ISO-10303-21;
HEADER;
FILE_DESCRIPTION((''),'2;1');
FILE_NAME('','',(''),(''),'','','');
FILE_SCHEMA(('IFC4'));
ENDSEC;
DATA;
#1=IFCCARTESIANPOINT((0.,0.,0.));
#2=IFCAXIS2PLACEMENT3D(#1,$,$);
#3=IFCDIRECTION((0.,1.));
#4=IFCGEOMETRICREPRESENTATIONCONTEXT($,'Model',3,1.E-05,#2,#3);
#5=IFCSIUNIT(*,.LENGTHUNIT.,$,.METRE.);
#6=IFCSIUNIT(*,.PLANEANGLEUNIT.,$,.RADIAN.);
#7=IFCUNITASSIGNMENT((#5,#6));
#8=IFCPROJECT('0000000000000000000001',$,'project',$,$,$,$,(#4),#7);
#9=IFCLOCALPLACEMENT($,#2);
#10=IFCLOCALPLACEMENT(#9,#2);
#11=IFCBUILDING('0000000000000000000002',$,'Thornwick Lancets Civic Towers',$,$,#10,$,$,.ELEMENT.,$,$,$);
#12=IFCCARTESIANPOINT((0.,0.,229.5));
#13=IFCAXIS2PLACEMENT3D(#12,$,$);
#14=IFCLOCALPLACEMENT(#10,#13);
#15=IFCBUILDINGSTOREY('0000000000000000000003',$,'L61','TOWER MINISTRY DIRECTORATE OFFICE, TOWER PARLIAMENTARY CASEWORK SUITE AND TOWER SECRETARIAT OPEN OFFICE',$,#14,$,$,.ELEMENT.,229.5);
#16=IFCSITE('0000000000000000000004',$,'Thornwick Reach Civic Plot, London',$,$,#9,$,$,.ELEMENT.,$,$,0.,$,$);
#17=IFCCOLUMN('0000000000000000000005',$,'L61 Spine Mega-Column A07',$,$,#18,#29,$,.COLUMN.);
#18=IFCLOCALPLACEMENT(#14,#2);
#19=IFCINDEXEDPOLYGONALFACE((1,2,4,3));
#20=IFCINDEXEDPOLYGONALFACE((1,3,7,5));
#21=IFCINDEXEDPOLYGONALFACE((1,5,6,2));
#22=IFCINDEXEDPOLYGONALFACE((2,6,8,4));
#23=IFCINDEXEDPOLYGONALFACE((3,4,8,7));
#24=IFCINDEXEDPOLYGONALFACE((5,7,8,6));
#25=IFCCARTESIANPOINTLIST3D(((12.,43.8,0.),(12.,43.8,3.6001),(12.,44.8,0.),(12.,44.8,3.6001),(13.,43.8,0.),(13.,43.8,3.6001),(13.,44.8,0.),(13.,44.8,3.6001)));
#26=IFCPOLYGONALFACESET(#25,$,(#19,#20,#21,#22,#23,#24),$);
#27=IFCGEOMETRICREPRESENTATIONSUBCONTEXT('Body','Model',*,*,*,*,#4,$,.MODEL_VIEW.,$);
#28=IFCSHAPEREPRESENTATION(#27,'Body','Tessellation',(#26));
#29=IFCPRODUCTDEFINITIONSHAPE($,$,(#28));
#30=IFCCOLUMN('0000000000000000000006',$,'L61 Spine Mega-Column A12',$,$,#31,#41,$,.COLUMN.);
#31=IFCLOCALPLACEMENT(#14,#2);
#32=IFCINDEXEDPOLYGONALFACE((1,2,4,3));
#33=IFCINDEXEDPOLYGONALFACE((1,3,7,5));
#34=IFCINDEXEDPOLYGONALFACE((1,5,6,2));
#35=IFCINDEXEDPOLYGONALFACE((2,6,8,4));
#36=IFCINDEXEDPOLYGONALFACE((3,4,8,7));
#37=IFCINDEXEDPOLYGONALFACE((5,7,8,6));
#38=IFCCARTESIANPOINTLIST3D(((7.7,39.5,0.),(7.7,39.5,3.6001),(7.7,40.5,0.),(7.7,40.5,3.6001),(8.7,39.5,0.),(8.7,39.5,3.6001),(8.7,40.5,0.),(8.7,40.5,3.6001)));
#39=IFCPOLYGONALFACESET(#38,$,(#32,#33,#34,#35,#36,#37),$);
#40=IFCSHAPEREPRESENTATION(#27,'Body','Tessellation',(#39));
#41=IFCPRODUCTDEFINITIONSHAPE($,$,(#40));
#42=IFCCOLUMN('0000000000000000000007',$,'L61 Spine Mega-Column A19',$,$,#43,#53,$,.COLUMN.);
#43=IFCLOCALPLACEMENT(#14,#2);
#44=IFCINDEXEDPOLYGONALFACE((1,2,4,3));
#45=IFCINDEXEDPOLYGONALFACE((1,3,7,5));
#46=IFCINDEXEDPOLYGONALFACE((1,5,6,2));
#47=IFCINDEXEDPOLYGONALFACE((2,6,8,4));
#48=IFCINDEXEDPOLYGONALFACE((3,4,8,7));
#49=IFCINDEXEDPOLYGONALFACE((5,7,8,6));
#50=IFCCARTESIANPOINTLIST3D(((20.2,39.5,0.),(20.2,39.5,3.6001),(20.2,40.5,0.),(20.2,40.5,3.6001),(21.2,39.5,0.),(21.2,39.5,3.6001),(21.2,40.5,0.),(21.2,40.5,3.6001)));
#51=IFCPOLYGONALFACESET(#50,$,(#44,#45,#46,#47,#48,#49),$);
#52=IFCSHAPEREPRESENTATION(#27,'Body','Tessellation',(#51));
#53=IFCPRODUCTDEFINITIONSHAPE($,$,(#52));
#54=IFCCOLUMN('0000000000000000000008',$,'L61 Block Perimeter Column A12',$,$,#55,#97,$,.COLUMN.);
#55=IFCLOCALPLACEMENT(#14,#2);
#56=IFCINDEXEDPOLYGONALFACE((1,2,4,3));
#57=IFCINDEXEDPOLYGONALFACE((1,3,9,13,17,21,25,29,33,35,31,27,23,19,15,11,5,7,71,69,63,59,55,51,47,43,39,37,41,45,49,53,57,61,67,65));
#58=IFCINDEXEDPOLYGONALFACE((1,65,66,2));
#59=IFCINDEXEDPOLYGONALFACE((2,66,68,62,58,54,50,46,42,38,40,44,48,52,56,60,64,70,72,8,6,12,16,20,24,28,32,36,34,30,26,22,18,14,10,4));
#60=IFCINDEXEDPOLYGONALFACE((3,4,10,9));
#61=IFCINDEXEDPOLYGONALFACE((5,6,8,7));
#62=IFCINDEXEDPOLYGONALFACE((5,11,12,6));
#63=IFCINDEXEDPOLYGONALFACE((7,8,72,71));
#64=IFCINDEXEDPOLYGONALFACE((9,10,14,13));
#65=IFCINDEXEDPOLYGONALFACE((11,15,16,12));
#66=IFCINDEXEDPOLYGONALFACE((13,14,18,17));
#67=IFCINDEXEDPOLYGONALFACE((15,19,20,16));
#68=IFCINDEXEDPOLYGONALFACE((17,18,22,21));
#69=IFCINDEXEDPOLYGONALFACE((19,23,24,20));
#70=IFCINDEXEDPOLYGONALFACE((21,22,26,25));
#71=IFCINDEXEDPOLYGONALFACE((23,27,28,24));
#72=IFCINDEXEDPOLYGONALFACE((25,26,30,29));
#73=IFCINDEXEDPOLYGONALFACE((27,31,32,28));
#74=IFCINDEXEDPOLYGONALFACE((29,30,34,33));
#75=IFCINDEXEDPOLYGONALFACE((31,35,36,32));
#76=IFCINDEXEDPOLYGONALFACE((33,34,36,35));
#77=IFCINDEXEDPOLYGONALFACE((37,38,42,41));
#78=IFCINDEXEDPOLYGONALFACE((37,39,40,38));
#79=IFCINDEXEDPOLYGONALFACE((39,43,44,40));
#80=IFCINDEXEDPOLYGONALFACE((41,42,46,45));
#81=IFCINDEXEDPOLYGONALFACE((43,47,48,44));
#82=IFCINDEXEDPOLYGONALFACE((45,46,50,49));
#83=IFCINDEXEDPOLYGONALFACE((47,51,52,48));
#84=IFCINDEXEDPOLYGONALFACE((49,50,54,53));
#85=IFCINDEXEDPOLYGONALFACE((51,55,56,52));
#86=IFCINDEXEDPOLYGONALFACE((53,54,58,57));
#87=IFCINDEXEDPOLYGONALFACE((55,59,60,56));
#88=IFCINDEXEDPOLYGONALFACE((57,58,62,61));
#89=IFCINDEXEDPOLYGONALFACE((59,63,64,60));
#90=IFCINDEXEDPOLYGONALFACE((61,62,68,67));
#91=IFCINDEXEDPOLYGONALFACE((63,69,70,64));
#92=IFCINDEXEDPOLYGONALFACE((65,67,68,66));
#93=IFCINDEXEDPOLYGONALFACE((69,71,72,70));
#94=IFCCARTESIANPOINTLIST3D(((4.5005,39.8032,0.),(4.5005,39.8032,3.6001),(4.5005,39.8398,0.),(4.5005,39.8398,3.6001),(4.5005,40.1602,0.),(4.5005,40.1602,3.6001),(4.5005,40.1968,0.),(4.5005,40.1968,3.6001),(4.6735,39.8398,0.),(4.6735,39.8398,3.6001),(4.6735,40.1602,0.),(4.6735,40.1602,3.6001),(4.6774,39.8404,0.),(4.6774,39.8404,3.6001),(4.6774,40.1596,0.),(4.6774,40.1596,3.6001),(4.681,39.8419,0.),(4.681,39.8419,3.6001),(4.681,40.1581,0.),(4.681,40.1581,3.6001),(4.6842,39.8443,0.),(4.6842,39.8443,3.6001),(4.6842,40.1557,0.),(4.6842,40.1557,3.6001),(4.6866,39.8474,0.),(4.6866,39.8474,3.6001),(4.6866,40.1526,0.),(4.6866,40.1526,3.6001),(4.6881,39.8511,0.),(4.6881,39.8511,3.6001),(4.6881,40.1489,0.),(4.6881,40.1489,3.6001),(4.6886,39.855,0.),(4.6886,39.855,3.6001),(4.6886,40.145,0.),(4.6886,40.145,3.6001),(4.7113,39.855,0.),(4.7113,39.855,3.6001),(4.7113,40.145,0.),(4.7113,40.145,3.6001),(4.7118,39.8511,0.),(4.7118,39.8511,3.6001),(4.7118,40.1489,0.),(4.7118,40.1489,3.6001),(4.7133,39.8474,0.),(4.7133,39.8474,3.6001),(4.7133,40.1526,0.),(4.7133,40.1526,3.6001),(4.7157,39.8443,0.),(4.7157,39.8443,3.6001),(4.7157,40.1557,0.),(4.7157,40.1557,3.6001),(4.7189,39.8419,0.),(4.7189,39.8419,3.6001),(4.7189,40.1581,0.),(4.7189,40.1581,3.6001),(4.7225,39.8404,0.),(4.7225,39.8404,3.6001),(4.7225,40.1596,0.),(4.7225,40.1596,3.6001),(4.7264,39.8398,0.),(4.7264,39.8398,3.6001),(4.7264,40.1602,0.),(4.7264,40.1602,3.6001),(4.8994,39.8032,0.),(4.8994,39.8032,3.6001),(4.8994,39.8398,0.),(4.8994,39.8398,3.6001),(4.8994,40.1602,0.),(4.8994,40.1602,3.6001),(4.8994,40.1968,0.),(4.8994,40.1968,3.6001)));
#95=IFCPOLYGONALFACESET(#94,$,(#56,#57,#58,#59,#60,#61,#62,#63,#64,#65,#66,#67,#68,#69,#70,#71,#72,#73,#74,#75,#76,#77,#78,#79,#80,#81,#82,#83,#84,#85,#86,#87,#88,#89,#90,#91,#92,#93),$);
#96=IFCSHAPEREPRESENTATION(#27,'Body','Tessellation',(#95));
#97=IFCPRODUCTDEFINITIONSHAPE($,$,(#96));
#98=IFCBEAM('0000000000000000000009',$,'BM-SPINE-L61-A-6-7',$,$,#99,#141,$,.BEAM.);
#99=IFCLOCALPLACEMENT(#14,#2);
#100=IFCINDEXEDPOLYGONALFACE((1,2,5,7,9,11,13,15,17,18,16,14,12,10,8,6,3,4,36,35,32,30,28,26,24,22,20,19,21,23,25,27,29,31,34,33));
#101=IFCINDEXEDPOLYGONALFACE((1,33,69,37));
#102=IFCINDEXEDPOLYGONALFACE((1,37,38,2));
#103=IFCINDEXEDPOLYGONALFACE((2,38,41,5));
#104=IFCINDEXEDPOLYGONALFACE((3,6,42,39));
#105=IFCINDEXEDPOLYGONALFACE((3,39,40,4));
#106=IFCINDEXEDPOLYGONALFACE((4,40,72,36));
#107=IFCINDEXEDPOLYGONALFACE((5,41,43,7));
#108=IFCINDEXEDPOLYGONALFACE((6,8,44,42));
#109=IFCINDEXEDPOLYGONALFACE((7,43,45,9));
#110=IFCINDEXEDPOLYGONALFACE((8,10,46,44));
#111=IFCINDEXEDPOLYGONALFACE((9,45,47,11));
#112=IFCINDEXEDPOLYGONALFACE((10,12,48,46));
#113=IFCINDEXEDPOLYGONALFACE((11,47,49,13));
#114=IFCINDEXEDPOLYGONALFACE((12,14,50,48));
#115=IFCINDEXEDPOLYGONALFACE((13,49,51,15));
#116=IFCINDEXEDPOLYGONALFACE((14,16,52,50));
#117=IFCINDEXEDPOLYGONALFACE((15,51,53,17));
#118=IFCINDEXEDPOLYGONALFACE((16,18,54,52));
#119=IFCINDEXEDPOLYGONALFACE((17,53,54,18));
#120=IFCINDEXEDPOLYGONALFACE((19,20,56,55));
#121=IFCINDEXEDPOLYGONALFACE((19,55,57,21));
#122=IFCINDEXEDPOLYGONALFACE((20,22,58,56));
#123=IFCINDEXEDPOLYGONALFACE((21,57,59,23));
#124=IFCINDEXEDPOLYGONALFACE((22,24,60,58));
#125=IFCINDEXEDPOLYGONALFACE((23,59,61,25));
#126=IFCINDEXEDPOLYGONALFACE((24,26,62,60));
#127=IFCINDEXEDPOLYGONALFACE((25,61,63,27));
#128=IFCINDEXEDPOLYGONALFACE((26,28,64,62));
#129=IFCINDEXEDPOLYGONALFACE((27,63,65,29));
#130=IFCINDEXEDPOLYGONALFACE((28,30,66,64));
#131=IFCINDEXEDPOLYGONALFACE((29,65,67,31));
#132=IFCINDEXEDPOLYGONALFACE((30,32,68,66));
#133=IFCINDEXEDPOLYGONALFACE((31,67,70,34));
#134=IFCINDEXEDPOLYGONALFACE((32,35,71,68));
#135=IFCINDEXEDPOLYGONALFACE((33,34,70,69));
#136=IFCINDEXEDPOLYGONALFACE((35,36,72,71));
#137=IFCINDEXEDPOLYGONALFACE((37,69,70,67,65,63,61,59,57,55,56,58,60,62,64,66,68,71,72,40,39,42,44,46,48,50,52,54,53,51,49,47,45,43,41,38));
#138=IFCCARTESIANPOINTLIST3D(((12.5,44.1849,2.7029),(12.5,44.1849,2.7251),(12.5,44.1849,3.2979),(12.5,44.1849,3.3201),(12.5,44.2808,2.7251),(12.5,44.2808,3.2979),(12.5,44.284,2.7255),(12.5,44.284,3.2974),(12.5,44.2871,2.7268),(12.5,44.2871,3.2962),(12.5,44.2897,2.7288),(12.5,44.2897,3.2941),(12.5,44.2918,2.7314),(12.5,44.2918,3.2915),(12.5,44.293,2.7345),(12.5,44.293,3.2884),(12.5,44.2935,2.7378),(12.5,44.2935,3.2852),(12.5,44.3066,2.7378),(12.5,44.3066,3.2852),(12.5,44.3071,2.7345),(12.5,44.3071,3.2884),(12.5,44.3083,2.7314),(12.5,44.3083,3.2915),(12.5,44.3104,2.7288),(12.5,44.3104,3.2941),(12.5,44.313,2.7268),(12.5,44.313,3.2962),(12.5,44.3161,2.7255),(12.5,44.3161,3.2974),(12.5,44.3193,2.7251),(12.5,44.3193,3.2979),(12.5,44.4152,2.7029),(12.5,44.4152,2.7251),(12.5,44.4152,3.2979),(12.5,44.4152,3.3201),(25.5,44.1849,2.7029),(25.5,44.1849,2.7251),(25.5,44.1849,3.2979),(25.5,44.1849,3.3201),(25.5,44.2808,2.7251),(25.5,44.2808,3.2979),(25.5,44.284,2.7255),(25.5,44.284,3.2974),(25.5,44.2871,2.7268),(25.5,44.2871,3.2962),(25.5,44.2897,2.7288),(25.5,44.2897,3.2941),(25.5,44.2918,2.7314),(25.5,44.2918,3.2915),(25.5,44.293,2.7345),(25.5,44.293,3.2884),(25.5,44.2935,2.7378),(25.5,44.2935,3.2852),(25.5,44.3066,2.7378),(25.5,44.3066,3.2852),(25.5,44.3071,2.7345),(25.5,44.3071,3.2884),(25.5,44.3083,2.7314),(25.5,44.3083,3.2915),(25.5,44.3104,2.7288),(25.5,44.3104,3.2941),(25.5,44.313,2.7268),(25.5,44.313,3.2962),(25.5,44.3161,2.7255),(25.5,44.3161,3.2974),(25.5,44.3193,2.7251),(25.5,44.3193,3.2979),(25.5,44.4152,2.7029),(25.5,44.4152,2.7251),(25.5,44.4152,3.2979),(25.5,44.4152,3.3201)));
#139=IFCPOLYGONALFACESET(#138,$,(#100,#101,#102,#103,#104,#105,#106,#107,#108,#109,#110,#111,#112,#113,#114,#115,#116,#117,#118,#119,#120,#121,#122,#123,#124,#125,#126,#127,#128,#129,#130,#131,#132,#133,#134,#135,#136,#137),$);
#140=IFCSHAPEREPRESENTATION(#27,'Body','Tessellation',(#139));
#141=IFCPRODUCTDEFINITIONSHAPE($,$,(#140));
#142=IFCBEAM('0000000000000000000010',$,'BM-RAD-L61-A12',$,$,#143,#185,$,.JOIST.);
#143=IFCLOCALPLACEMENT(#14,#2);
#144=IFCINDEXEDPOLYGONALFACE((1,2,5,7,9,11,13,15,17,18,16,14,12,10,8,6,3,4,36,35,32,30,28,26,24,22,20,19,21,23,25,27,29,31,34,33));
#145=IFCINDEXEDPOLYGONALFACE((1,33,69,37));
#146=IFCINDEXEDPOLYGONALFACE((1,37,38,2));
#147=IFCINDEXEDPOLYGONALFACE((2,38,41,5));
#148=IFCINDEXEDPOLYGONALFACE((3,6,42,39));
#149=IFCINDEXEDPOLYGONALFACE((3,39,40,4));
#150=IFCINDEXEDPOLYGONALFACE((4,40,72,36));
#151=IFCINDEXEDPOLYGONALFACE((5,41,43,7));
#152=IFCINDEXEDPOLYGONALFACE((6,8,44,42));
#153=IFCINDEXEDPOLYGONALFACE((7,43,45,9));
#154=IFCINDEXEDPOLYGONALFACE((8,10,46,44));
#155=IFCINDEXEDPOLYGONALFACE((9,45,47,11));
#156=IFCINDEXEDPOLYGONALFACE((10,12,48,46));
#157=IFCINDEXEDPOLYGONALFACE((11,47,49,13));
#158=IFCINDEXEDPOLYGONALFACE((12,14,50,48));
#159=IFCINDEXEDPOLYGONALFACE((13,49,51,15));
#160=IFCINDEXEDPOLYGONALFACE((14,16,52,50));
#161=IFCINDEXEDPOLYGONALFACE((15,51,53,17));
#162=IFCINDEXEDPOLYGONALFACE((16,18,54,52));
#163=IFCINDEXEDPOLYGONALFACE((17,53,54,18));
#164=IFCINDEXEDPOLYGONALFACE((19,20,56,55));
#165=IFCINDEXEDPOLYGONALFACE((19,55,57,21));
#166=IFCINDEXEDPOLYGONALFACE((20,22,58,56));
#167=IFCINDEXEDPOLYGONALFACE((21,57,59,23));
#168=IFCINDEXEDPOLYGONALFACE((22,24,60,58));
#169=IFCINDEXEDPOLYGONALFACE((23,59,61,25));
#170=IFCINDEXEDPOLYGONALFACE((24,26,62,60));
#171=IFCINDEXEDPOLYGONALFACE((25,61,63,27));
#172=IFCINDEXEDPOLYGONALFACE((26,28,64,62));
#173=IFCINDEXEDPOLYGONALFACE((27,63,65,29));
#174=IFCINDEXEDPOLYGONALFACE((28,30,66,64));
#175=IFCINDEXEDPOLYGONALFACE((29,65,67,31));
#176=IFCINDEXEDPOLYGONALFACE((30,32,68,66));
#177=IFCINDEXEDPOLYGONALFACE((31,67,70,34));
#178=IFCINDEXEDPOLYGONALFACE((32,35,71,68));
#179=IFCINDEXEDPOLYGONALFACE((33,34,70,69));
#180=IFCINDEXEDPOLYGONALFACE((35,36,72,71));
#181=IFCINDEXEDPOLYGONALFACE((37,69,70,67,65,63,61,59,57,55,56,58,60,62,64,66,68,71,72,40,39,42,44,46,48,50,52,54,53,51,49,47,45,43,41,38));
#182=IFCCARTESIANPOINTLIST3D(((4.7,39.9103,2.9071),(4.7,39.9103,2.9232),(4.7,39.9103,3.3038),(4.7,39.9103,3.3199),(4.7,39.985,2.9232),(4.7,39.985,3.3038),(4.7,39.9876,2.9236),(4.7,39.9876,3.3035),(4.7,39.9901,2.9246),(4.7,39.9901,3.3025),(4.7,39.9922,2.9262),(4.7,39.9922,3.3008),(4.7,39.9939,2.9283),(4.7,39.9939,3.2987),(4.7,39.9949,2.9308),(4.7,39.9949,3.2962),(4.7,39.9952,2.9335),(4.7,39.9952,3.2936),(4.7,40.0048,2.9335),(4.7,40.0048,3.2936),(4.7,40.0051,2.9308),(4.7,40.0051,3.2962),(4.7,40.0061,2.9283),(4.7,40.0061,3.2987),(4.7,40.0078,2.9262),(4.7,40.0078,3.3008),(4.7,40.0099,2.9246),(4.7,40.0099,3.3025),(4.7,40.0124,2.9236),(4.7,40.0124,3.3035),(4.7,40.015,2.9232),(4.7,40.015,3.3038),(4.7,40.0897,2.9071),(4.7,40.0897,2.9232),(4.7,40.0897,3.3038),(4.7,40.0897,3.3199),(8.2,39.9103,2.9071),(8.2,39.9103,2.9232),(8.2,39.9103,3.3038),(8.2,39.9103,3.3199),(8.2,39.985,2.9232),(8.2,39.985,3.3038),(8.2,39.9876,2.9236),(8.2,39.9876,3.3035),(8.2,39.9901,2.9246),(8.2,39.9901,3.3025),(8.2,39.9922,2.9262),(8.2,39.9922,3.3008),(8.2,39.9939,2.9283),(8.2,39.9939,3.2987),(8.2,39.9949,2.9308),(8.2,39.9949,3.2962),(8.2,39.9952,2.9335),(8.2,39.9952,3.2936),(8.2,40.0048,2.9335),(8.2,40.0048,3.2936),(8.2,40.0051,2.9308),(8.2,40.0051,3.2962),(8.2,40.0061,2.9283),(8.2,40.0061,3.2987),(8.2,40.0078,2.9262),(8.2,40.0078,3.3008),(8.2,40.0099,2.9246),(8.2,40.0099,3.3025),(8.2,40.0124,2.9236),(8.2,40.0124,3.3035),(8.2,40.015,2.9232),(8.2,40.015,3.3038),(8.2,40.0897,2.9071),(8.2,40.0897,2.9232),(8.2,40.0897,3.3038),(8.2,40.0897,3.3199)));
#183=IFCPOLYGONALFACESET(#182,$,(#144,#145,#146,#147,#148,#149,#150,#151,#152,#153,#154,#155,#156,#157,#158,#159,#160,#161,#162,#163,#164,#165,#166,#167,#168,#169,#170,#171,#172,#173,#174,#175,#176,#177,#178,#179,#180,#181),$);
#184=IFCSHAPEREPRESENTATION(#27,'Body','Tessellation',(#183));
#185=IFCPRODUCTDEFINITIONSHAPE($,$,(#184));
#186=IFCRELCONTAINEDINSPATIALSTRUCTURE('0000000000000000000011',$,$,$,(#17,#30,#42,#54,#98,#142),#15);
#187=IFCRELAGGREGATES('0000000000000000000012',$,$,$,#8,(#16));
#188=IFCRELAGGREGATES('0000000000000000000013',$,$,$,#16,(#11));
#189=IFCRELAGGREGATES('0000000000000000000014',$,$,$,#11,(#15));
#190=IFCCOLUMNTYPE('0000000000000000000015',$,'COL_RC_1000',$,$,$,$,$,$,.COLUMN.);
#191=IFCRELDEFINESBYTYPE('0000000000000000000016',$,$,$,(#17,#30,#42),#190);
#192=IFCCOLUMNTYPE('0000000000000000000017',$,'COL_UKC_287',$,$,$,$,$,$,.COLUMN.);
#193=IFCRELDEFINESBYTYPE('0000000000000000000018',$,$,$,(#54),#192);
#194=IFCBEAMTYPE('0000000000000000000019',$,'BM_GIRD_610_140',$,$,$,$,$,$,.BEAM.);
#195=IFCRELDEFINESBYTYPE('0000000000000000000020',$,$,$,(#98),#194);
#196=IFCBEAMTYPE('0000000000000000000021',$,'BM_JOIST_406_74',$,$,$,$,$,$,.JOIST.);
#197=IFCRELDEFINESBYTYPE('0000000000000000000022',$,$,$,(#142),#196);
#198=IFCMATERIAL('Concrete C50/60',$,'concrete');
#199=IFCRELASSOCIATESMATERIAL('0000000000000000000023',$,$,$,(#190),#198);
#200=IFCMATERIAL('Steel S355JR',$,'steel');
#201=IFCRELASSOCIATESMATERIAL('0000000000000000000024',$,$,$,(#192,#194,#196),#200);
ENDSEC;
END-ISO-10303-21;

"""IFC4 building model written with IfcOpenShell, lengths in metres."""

from ifc_helpers import new_model, si_unit, direction, frame, origin, origin_2d, place, context, subcontext, project, spatial, rectangle, i_section, extrude, material, material_profile, profile_set, type_object, element, save


model = new_model("IFC4")

# Units and contexts
model_context = context("Model", 3, precision=1e-05, world=origin(), true_north=direction((0.0, 1.0)))
body_context = subcontext(model_context, "Body", "Model", "MODEL_VIEW")
ifc_project = project(units=[si_unit("LENGTHUNIT", "METRE"), si_unit("PLANEANGLEUNIT", "RADIAN")], contexts=[model_context])

# Site, building, storey
site_placement = place(None, origin())
site = spatial("IfcSite", under=ifc_project, at=site_placement, Name="Thornwick Reach Civic Plot, London", CompositionType="ELEMENT", RefElevation=0.0)
building_placement = place(site_placement, origin())
building = spatial("IfcBuilding", under=site, at=building_placement, Name="Thornwick Lancets Civic Towers", CompositionType="ELEMENT")
storey_placement = place(building_placement, frame((0.0, 0.0, 229.5)))
storey = spatial("IfcBuildingStorey", under=building, at=storey_placement, Name="L61", Description="TOWER MINISTRY DIRECTORATE OFFICE, TOWER PARLIAMENTARY CASEWORK SUITE AND TOWER SECRETARIAT OPEN OFFICE", CompositionType="ELEMENT", Elevation=229.5)

# Columns
ifc_material_1 = material(Name="Concrete C50/60", Category="concrete")
ifc_material_profile_1 = material_profile(ifc_material_1, rectangle(XDim=1.0, YDim=1.0, at=origin_2d()), Name="RC 1000x1000")
ifc_profile_set_1 = profile_set([ifc_material_profile_1], Name="Concrete C50/60")
column_type_1 = type_object("IfcColumnType", Name="COL_RC_1000", PredefinedType="COLUMN", material=ifc_profile_set_1)
for number, where, z_axis, x_axis, name in (
    (1, (12.5, 44.3, 0.0), (0.0, 0.0, 1.0), (1.0, 0.0, 0.0), "L61 Spine Mega-Column A07"),
    (2, (8.2, 40.0, 0.0), (0.0, 0.0, 1.0), (1.0, 0.0, 0.0), "L61 Spine Mega-Column A12"),
    (3, (20.7, 40.0, 0.0), (0.0, 0.0, 1.0), (1.0, 0.0, 0.0), "L61 Spine Mega-Column A19"),
):
    element("IfcColumn", number, at=place(storey_placement, frame(where, z_axis=z_axis, x_axis=x_axis)), inside=storey, type_object=column_type_1, Name=name, PredefinedType="COLUMN", context=body_context, shape_type="SweptSolid", body=[
        extrude(rectangle(XDim=1.0, YDim=1.0, at=origin_2d()), origin(), (0.0, 0.0, 1.0), 3.6001),
    ])
ifc_material_2 = material(Name="Steel S355JR", Category="steel")
ifc_material_profile_2 = material_profile(ifc_material_2, i_section(OverallWidth=0.3989, OverallDepth=0.3936, WebThickness=0.0227, FlangeThickness=0.0366, FilletRadius=0.0151, at=origin_2d()), Name="UKC 356x406x287")
ifc_profile_set_2 = profile_set([ifc_material_profile_2], Name="Steel S355JR")
column_type_2 = type_object("IfcColumnType", Name="COL_UKC_287", PredefinedType="COLUMN", material=ifc_profile_set_2)
column_placement = place(storey_placement, frame((4.7, 40.0, 0.0), z_axis=(0.0, 0.0, 1.0), x_axis=(1.0, 0.0, 0.0)))
element("IfcColumn", 4, at=column_placement, inside=storey, type_object=column_type_2, Name="L61 Block Perimeter Column A12", PredefinedType="COLUMN", context=body_context, shape_type="SweptSolid", body=[
    extrude(i_section(OverallWidth=0.3989, OverallDepth=0.3936, WebThickness=0.0227, FlangeThickness=0.0366, FilletRadius=0.0151, at=origin_2d()), origin(), (0.0, 0.0, 1.0), 3.6001),
])

# Beams
ifc_material_profile_3 = material_profile(ifc_material_2, i_section(OverallWidth=0.2302, OverallDepth=0.6172, WebThickness=0.0132, FlangeThickness=0.0222, FilletRadius=0.0127, at=origin_2d()), Name="UKB 610x229x140")
ifc_profile_set_3 = profile_set([ifc_material_profile_3], Name="Steel S355JR")
beam_type_1 = type_object("IfcBeamType", Name="BM_GIRD_610_140", PredefinedType="BEAM", material=ifc_profile_set_3)
beam_1_placement = place(storey_placement, frame((12.5, 44.3, 3.0115), z_axis=(1.0, 0.0, 0.0), x_axis=(0.0, 1.0, 0.0)))
element("IfcBeam", 5, at=beam_1_placement, inside=storey, type_object=beam_type_1, Name="BM-SPINE-L61-A-6-7", PredefinedType="BEAM", context=body_context, shape_type="SweptSolid", body=[
    extrude(i_section(OverallWidth=0.2302, OverallDepth=0.6172, WebThickness=0.0132, FlangeThickness=0.0222, FilletRadius=0.0127, at=origin_2d()), origin(), (0.0, 0.0, 1.0), 13.0),
])
ifc_material_profile_4 = material_profile(ifc_material_2, i_section(OverallWidth=0.1794, OverallDepth=0.4128, WebThickness=0.0095, FlangeThickness=0.0161, FilletRadius=0.0103, at=origin_2d()), Name="UKB 406x178x74")
ifc_profile_set_4 = profile_set([ifc_material_profile_4], Name="Steel S355JR")
beam_type_2 = type_object("IfcBeamType", Name="BM_JOIST_406_74", PredefinedType="JOIST", material=ifc_profile_set_4)
beam_2_placement = place(storey_placement, frame((8.2, 40.0, 3.1135), z_axis=(-1.0, 0.0, 0.0), x_axis=(0.0, -1.0, 0.0)))
element("IfcBeam", 6, at=beam_2_placement, inside=storey, type_object=beam_type_2, Name="BM-RAD-L61-A12", PredefinedType="JOIST", context=body_context, shape_type="SweptSolid", body=[
    extrude(i_section(OverallWidth=0.1794, OverallDepth=0.4128, WebThickness=0.0095, FlangeThickness=0.0161, FilletRadius=0.0103, at=origin_2d()), origin(), (0.0, 0.0, 1.0), 3.5),
])

save(model, "model.ifc")
